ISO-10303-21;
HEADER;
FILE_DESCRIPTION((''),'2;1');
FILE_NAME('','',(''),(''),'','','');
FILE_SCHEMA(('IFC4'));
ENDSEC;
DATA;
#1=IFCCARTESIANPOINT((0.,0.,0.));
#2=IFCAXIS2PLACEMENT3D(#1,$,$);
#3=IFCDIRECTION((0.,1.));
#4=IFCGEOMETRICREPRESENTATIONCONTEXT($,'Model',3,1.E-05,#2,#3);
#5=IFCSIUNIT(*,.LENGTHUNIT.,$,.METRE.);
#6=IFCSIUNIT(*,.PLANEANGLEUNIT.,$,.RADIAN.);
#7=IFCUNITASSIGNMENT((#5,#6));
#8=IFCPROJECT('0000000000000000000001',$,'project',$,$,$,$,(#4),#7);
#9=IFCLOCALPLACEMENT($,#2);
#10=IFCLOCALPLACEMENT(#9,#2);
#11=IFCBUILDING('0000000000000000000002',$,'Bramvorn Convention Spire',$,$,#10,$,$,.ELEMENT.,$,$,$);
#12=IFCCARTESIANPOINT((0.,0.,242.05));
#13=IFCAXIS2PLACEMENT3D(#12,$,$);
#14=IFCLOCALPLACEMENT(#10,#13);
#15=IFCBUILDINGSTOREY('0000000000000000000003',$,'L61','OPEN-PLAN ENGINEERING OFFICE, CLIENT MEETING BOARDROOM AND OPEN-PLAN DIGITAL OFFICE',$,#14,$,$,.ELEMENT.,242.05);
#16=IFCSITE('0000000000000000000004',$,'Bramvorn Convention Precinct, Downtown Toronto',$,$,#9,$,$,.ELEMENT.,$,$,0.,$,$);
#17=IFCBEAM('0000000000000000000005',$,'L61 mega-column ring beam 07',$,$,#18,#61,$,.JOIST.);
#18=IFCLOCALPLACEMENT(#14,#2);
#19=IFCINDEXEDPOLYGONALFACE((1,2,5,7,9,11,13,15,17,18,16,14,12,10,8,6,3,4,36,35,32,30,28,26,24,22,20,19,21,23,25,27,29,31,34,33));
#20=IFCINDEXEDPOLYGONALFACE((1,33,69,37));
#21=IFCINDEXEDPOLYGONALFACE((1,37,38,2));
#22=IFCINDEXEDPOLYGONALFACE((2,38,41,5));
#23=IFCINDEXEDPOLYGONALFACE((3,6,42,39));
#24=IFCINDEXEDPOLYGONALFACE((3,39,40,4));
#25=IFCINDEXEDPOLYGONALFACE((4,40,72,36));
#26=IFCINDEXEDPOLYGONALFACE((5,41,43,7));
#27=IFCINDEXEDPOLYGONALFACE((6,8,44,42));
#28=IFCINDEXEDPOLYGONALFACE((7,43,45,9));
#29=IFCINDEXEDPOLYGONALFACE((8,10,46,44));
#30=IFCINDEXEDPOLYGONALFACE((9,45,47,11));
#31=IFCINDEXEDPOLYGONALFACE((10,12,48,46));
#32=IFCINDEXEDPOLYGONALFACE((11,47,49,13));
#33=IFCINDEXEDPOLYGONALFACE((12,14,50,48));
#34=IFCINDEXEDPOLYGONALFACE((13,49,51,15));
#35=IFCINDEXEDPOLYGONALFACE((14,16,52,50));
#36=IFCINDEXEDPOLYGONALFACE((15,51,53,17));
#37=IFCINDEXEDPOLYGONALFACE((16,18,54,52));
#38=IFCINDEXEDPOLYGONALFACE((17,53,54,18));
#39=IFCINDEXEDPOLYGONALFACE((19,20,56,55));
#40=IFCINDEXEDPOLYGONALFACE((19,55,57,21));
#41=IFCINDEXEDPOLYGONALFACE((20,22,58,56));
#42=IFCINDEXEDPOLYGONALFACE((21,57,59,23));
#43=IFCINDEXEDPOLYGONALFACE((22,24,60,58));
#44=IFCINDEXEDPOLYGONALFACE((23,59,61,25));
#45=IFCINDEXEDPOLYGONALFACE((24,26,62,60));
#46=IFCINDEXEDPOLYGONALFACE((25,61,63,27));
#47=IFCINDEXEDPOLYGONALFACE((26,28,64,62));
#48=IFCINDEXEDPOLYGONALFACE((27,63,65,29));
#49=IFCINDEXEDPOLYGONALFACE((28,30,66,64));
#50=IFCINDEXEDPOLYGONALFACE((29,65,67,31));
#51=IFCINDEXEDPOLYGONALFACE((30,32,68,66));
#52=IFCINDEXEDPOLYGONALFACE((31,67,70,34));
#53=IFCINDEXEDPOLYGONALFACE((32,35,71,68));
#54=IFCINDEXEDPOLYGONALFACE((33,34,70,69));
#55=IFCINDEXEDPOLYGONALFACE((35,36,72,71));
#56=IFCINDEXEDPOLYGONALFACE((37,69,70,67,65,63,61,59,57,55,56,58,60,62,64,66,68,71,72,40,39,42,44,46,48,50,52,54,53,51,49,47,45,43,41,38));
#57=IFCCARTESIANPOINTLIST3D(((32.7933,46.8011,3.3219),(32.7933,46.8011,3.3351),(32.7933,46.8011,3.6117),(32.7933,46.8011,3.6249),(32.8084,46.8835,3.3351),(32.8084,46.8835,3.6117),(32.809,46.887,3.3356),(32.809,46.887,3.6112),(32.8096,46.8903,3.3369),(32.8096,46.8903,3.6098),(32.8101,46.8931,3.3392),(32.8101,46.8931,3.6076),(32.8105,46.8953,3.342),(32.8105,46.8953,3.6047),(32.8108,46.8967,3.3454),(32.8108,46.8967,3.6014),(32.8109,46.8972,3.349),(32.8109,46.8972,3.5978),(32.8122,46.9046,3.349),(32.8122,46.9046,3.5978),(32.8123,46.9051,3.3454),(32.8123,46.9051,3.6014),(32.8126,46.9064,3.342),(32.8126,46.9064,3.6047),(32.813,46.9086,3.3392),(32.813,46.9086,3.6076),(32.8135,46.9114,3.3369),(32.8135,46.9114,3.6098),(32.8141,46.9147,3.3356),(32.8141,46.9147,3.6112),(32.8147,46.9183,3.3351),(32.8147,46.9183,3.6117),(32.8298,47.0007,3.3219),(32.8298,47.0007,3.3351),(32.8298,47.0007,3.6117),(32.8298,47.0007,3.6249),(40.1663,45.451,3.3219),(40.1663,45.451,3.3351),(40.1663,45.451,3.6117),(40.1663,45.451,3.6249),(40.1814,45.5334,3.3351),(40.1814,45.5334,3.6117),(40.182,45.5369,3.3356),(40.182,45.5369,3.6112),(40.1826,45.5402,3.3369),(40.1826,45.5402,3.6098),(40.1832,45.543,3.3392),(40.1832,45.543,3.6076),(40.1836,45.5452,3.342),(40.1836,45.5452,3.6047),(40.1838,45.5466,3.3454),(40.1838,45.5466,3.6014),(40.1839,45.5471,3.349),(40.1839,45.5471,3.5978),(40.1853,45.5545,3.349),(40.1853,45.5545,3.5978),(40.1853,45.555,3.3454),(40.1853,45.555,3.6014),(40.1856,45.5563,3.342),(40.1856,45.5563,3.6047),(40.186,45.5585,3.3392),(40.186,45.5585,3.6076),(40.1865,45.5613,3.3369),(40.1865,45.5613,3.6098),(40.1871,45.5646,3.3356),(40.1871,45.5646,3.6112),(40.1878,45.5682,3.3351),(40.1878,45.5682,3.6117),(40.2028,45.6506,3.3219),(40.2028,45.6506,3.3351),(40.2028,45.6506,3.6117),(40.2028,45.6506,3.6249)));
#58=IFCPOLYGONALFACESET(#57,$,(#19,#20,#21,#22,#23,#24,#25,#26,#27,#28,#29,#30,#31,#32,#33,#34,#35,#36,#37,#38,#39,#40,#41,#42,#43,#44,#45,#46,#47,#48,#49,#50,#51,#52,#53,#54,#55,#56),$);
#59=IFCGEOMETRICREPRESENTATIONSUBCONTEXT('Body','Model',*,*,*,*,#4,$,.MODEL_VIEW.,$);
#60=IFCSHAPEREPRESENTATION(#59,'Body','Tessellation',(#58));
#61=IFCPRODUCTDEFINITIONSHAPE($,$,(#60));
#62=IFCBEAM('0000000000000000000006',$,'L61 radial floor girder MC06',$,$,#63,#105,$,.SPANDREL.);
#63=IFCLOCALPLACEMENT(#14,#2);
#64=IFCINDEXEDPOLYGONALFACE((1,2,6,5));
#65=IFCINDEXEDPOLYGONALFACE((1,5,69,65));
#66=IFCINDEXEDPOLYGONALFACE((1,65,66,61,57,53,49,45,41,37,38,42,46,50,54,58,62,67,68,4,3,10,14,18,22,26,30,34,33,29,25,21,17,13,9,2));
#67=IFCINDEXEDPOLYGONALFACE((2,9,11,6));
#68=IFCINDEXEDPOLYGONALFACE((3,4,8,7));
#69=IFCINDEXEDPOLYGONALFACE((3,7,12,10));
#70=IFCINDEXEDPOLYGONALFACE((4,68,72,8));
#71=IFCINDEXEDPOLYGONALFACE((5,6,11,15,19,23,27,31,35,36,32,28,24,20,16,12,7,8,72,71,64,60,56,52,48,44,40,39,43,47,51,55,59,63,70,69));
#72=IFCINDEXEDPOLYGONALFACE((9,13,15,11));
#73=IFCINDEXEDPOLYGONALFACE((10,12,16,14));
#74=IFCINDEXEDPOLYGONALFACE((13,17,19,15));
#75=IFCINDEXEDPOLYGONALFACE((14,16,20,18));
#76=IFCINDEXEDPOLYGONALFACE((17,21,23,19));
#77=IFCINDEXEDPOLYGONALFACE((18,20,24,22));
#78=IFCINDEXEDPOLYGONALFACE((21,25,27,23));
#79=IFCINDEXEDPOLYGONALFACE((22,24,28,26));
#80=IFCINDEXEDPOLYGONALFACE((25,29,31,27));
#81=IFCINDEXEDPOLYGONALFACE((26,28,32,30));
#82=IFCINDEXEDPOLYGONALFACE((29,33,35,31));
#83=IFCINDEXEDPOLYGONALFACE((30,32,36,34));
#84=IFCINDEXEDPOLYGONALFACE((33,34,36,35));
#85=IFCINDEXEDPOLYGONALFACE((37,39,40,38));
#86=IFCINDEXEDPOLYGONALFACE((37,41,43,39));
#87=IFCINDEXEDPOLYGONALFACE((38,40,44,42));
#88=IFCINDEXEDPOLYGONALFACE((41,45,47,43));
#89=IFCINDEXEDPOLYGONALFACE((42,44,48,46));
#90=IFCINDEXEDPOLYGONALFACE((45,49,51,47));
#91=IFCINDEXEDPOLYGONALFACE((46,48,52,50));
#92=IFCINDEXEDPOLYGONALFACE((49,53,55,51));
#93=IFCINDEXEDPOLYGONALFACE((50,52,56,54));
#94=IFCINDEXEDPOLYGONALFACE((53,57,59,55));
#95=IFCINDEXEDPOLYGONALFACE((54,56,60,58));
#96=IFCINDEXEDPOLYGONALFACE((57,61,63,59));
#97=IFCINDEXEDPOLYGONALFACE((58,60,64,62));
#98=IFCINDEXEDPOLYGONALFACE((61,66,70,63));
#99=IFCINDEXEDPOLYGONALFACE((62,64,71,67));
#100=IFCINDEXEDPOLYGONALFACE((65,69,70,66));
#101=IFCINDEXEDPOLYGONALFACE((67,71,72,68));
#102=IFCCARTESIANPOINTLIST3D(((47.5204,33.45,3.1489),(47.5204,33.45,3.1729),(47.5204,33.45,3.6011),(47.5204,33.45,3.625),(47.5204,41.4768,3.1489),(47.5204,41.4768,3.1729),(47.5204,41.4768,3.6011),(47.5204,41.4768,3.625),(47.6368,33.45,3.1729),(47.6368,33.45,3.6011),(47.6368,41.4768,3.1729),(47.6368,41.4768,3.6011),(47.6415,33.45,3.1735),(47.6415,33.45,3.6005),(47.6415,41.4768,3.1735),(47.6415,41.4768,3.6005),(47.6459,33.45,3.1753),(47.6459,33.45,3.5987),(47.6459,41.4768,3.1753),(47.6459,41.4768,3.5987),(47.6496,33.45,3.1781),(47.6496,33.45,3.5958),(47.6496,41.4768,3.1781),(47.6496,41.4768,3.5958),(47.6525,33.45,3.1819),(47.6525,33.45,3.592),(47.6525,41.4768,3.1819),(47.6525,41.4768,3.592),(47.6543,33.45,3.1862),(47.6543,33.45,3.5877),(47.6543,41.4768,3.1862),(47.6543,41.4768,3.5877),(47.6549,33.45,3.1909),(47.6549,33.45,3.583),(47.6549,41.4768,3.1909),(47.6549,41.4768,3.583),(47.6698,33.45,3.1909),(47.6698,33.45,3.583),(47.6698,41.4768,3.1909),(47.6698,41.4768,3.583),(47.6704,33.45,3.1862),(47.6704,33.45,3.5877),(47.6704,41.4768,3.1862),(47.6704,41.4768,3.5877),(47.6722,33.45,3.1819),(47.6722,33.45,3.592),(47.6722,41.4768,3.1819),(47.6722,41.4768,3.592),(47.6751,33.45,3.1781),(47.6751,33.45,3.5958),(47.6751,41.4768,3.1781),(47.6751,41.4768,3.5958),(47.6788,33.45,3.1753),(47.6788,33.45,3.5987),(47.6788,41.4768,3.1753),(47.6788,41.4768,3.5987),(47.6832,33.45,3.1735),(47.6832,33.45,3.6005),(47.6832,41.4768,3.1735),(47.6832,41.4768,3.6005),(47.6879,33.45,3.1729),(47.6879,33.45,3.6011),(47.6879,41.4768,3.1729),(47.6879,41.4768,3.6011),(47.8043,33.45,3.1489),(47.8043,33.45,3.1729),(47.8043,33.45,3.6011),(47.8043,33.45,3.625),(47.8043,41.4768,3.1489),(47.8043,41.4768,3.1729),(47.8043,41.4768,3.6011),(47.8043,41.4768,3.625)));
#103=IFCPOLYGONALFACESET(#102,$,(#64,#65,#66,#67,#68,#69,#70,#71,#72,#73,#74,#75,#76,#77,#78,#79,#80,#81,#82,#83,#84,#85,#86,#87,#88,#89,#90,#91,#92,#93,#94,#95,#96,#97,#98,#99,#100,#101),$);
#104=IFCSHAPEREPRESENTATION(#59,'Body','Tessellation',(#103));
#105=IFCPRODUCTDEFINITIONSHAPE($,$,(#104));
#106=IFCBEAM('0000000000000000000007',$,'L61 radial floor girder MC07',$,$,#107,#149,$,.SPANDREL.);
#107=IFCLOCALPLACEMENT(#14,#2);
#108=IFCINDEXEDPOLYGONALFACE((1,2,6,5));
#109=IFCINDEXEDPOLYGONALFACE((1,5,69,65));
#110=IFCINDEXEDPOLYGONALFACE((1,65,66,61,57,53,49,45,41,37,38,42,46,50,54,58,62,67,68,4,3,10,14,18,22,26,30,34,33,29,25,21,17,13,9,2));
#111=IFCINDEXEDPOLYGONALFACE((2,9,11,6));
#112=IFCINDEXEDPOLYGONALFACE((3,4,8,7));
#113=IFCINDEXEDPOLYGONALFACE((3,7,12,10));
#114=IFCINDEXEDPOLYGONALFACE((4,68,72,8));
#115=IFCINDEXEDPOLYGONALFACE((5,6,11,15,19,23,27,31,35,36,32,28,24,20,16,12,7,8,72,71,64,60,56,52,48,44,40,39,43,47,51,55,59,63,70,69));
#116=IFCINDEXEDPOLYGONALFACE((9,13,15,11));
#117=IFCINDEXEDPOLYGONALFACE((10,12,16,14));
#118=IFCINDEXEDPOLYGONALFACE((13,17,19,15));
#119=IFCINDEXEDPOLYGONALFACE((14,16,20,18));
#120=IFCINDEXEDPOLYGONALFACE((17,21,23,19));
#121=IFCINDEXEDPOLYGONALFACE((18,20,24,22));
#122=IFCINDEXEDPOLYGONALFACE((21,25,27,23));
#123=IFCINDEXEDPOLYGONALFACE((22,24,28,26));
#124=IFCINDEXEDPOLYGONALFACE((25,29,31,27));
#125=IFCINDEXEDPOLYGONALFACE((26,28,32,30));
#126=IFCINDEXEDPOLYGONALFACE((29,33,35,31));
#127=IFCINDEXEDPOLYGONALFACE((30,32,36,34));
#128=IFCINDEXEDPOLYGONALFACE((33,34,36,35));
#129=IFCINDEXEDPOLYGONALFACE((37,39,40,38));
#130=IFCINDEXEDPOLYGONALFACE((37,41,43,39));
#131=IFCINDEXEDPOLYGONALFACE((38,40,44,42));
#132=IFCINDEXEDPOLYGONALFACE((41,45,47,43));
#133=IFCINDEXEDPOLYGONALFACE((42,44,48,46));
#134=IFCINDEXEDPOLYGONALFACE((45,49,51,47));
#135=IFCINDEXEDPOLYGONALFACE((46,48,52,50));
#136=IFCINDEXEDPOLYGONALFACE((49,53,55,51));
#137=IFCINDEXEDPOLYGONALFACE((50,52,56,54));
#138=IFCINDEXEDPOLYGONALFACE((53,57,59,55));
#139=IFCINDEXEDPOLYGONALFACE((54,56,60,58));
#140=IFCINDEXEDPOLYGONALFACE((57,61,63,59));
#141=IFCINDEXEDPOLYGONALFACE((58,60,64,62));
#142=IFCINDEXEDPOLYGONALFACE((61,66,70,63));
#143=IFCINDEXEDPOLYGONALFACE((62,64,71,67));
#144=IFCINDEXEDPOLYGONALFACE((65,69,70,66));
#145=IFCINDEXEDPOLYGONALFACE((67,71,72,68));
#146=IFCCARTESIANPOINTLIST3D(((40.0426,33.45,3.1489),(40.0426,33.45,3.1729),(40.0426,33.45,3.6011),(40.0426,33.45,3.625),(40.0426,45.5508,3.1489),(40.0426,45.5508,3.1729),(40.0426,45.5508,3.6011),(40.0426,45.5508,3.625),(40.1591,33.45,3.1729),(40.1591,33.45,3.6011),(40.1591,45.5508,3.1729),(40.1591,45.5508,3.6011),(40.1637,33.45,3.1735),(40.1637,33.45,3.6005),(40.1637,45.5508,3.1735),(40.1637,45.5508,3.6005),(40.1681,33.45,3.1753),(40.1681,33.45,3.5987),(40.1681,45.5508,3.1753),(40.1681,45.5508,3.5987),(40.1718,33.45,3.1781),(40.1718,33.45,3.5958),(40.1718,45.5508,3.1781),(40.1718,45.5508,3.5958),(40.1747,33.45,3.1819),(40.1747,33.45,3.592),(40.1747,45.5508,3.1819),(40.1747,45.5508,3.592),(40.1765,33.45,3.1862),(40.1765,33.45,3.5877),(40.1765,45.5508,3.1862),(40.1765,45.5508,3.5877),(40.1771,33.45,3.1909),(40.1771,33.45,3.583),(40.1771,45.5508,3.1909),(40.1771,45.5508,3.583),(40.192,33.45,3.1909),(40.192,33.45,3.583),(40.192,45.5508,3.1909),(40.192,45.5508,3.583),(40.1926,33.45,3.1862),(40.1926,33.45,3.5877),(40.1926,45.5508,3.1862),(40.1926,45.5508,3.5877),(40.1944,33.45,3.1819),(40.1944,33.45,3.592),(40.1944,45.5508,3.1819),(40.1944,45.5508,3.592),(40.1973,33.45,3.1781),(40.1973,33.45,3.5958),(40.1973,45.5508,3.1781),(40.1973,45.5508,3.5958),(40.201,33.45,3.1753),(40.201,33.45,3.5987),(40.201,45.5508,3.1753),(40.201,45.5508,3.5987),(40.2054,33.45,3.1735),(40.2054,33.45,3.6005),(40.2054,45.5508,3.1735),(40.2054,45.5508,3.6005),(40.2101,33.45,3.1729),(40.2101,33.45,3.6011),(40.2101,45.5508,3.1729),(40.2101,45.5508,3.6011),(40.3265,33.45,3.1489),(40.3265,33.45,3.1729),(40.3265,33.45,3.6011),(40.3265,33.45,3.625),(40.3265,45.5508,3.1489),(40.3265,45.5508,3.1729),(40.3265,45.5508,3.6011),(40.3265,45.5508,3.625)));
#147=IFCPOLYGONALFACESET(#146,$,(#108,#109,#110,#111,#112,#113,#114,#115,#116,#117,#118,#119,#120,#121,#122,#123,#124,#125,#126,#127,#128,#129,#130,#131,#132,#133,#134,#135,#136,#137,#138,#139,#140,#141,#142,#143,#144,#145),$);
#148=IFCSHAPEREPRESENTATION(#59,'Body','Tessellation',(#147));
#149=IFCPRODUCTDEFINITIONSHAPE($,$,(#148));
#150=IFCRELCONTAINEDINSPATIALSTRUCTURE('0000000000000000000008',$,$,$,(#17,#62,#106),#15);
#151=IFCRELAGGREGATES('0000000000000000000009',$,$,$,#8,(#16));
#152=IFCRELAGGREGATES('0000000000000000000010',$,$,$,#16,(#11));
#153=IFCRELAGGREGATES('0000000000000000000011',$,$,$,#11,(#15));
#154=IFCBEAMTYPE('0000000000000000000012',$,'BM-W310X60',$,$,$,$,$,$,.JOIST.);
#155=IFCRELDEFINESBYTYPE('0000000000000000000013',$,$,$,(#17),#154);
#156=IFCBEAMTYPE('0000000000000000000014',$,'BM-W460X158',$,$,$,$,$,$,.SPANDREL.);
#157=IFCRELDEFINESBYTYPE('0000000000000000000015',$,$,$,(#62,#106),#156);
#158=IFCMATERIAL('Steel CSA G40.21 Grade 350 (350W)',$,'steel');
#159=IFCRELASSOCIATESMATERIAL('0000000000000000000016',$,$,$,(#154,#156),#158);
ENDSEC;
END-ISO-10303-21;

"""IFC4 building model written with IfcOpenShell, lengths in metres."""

from ifc_helpers import new_model, si_unit, direction, frame, origin, origin_2d, place, context, subcontext, project, spatial, i_section, extrude, material, material_profile, profile_set, type_object, element, save


model = new_model("IFC4")

# Units and contexts
model_context = context("Model", 3, precision=1e-05, world=origin(), true_north=direction((0.0, 1.0)))
body_context = subcontext(model_context, "Body", "Model", "MODEL_VIEW")
ifc_project = project(units=[si_unit("LENGTHUNIT", "METRE"), si_unit("PLANEANGLEUNIT", "RADIAN")], contexts=[model_context])

# Site, building, storey
site_placement = place(None, origin())
site = spatial("IfcSite", under=ifc_project, at=site_placement, Name="Bramvorn Convention Precinct, Downtown Toronto", CompositionType="ELEMENT", RefElevation=0.0)
building_placement = place(site_placement, origin())
building = spatial("IfcBuilding", under=site, at=building_placement, Name="Bramvorn Convention Spire", CompositionType="ELEMENT")
storey_placement = place(building_placement, frame((0.0, 0.0, 242.05)))
storey = spatial("IfcBuildingStorey", under=building, at=storey_placement, Name="L61", Description="OPEN-PLAN ENGINEERING OFFICE, CLIENT MEETING BOARDROOM AND OPEN-PLAN DIGITAL OFFICE", CompositionType="ELEMENT", Elevation=242.05)

# Shared definitions
ifc_material_1 = material(Name="Steel CSA G40.21 Grade 350 (350W)", Category="steel")

# Beams
ifc_material_profile_1 = material_profile(ifc_material_1, i_section(OverallWidth=0.2029, OverallDepth=0.303, WebThickness=0.0076, FlangeThickness=0.0132, FilletRadius=0.0139, at=origin_2d()))
ifc_profile_set_1 = profile_set([ifc_material_profile_1], Name="Steel CSA G40.21 Grade 350 (350W) - W310X60")
beam_type_1 = type_object("IfcBeamType", Name="BM-W310X60", PredefinedType="JOIST", material=ifc_profile_set_1)
beam_1_placement = place(storey_placement, frame((40.1846, 45.5508, 3.4734), z_axis=(-0.983645, 0.180118, 0.0), x_axis=(-0.180118, -0.983645, 0.0)))
element("IfcBeam", 1, at=beam_1_placement, inside=storey, type_object=beam_type_1, Name="L61 mega-column ring beam 07", PredefinedType="JOIST", context=body_context, shape_type="SweptSolid", body=[
    extrude(i_section(OverallWidth=0.2029, OverallDepth=0.303, WebThickness=0.0076, FlangeThickness=0.0132, FilletRadius=0.0139, at=origin_2d()), origin(), (0.0, 0.0, 1.0), 7.4956),
])
ifc_material_profile_2 = material_profile(ifc_material_1, i_section(OverallWidth=0.2839, OverallDepth=0.4761, WebThickness=0.0149, FlangeThickness=0.0239, FilletRadius=0.0181, at=origin_2d()))
ifc_profile_set_2 = profile_set([ifc_material_profile_2], Name="Steel CSA G40.21 Grade 350 (350W) - W460X158")
beam_type_2 = type_object("IfcBeamType", Name="BM-W460X158", PredefinedType="SPANDREL", material=ifc_profile_set_2)
beam_2_placement = place(storey_placement, frame((47.6624, 33.45, 3.387), z_axis=(0.0, 1.0, 0.0), x_axis=(-1.0, 0.0, 0.0)))
element("IfcBeam", 2, at=beam_2_placement, inside=storey, type_object=beam_type_2, Name="L61 radial floor girder MC06", PredefinedType="SPANDREL", context=body_context, shape_type="SweptSolid", body=[
    extrude(i_section(OverallWidth=0.2839, OverallDepth=0.4761, WebThickness=0.0149, FlangeThickness=0.0239, FilletRadius=0.0181, at=origin_2d()), origin(), (0.0, 0.0, 1.0), 8.0269),
])
beam_3_placement = place(storey_placement, frame((40.1846, 33.45, 3.387), z_axis=(0.0, 1.0, 0.0), x_axis=(-1.0, 0.0, 0.0)))
element("IfcBeam", 3, at=beam_3_placement, inside=storey, type_object=beam_type_2, Name="L61 radial floor girder MC07", PredefinedType="SPANDREL", context=body_context, shape_type="SweptSolid", body=[
    extrude(i_section(OverallWidth=0.2839, OverallDepth=0.4761, WebThickness=0.0149, FlangeThickness=0.0239, FilletRadius=0.0181, at=origin_2d()), origin(), (0.0, 0.0, 1.0), 12.1008),
])

save(model, "model.ifc")
